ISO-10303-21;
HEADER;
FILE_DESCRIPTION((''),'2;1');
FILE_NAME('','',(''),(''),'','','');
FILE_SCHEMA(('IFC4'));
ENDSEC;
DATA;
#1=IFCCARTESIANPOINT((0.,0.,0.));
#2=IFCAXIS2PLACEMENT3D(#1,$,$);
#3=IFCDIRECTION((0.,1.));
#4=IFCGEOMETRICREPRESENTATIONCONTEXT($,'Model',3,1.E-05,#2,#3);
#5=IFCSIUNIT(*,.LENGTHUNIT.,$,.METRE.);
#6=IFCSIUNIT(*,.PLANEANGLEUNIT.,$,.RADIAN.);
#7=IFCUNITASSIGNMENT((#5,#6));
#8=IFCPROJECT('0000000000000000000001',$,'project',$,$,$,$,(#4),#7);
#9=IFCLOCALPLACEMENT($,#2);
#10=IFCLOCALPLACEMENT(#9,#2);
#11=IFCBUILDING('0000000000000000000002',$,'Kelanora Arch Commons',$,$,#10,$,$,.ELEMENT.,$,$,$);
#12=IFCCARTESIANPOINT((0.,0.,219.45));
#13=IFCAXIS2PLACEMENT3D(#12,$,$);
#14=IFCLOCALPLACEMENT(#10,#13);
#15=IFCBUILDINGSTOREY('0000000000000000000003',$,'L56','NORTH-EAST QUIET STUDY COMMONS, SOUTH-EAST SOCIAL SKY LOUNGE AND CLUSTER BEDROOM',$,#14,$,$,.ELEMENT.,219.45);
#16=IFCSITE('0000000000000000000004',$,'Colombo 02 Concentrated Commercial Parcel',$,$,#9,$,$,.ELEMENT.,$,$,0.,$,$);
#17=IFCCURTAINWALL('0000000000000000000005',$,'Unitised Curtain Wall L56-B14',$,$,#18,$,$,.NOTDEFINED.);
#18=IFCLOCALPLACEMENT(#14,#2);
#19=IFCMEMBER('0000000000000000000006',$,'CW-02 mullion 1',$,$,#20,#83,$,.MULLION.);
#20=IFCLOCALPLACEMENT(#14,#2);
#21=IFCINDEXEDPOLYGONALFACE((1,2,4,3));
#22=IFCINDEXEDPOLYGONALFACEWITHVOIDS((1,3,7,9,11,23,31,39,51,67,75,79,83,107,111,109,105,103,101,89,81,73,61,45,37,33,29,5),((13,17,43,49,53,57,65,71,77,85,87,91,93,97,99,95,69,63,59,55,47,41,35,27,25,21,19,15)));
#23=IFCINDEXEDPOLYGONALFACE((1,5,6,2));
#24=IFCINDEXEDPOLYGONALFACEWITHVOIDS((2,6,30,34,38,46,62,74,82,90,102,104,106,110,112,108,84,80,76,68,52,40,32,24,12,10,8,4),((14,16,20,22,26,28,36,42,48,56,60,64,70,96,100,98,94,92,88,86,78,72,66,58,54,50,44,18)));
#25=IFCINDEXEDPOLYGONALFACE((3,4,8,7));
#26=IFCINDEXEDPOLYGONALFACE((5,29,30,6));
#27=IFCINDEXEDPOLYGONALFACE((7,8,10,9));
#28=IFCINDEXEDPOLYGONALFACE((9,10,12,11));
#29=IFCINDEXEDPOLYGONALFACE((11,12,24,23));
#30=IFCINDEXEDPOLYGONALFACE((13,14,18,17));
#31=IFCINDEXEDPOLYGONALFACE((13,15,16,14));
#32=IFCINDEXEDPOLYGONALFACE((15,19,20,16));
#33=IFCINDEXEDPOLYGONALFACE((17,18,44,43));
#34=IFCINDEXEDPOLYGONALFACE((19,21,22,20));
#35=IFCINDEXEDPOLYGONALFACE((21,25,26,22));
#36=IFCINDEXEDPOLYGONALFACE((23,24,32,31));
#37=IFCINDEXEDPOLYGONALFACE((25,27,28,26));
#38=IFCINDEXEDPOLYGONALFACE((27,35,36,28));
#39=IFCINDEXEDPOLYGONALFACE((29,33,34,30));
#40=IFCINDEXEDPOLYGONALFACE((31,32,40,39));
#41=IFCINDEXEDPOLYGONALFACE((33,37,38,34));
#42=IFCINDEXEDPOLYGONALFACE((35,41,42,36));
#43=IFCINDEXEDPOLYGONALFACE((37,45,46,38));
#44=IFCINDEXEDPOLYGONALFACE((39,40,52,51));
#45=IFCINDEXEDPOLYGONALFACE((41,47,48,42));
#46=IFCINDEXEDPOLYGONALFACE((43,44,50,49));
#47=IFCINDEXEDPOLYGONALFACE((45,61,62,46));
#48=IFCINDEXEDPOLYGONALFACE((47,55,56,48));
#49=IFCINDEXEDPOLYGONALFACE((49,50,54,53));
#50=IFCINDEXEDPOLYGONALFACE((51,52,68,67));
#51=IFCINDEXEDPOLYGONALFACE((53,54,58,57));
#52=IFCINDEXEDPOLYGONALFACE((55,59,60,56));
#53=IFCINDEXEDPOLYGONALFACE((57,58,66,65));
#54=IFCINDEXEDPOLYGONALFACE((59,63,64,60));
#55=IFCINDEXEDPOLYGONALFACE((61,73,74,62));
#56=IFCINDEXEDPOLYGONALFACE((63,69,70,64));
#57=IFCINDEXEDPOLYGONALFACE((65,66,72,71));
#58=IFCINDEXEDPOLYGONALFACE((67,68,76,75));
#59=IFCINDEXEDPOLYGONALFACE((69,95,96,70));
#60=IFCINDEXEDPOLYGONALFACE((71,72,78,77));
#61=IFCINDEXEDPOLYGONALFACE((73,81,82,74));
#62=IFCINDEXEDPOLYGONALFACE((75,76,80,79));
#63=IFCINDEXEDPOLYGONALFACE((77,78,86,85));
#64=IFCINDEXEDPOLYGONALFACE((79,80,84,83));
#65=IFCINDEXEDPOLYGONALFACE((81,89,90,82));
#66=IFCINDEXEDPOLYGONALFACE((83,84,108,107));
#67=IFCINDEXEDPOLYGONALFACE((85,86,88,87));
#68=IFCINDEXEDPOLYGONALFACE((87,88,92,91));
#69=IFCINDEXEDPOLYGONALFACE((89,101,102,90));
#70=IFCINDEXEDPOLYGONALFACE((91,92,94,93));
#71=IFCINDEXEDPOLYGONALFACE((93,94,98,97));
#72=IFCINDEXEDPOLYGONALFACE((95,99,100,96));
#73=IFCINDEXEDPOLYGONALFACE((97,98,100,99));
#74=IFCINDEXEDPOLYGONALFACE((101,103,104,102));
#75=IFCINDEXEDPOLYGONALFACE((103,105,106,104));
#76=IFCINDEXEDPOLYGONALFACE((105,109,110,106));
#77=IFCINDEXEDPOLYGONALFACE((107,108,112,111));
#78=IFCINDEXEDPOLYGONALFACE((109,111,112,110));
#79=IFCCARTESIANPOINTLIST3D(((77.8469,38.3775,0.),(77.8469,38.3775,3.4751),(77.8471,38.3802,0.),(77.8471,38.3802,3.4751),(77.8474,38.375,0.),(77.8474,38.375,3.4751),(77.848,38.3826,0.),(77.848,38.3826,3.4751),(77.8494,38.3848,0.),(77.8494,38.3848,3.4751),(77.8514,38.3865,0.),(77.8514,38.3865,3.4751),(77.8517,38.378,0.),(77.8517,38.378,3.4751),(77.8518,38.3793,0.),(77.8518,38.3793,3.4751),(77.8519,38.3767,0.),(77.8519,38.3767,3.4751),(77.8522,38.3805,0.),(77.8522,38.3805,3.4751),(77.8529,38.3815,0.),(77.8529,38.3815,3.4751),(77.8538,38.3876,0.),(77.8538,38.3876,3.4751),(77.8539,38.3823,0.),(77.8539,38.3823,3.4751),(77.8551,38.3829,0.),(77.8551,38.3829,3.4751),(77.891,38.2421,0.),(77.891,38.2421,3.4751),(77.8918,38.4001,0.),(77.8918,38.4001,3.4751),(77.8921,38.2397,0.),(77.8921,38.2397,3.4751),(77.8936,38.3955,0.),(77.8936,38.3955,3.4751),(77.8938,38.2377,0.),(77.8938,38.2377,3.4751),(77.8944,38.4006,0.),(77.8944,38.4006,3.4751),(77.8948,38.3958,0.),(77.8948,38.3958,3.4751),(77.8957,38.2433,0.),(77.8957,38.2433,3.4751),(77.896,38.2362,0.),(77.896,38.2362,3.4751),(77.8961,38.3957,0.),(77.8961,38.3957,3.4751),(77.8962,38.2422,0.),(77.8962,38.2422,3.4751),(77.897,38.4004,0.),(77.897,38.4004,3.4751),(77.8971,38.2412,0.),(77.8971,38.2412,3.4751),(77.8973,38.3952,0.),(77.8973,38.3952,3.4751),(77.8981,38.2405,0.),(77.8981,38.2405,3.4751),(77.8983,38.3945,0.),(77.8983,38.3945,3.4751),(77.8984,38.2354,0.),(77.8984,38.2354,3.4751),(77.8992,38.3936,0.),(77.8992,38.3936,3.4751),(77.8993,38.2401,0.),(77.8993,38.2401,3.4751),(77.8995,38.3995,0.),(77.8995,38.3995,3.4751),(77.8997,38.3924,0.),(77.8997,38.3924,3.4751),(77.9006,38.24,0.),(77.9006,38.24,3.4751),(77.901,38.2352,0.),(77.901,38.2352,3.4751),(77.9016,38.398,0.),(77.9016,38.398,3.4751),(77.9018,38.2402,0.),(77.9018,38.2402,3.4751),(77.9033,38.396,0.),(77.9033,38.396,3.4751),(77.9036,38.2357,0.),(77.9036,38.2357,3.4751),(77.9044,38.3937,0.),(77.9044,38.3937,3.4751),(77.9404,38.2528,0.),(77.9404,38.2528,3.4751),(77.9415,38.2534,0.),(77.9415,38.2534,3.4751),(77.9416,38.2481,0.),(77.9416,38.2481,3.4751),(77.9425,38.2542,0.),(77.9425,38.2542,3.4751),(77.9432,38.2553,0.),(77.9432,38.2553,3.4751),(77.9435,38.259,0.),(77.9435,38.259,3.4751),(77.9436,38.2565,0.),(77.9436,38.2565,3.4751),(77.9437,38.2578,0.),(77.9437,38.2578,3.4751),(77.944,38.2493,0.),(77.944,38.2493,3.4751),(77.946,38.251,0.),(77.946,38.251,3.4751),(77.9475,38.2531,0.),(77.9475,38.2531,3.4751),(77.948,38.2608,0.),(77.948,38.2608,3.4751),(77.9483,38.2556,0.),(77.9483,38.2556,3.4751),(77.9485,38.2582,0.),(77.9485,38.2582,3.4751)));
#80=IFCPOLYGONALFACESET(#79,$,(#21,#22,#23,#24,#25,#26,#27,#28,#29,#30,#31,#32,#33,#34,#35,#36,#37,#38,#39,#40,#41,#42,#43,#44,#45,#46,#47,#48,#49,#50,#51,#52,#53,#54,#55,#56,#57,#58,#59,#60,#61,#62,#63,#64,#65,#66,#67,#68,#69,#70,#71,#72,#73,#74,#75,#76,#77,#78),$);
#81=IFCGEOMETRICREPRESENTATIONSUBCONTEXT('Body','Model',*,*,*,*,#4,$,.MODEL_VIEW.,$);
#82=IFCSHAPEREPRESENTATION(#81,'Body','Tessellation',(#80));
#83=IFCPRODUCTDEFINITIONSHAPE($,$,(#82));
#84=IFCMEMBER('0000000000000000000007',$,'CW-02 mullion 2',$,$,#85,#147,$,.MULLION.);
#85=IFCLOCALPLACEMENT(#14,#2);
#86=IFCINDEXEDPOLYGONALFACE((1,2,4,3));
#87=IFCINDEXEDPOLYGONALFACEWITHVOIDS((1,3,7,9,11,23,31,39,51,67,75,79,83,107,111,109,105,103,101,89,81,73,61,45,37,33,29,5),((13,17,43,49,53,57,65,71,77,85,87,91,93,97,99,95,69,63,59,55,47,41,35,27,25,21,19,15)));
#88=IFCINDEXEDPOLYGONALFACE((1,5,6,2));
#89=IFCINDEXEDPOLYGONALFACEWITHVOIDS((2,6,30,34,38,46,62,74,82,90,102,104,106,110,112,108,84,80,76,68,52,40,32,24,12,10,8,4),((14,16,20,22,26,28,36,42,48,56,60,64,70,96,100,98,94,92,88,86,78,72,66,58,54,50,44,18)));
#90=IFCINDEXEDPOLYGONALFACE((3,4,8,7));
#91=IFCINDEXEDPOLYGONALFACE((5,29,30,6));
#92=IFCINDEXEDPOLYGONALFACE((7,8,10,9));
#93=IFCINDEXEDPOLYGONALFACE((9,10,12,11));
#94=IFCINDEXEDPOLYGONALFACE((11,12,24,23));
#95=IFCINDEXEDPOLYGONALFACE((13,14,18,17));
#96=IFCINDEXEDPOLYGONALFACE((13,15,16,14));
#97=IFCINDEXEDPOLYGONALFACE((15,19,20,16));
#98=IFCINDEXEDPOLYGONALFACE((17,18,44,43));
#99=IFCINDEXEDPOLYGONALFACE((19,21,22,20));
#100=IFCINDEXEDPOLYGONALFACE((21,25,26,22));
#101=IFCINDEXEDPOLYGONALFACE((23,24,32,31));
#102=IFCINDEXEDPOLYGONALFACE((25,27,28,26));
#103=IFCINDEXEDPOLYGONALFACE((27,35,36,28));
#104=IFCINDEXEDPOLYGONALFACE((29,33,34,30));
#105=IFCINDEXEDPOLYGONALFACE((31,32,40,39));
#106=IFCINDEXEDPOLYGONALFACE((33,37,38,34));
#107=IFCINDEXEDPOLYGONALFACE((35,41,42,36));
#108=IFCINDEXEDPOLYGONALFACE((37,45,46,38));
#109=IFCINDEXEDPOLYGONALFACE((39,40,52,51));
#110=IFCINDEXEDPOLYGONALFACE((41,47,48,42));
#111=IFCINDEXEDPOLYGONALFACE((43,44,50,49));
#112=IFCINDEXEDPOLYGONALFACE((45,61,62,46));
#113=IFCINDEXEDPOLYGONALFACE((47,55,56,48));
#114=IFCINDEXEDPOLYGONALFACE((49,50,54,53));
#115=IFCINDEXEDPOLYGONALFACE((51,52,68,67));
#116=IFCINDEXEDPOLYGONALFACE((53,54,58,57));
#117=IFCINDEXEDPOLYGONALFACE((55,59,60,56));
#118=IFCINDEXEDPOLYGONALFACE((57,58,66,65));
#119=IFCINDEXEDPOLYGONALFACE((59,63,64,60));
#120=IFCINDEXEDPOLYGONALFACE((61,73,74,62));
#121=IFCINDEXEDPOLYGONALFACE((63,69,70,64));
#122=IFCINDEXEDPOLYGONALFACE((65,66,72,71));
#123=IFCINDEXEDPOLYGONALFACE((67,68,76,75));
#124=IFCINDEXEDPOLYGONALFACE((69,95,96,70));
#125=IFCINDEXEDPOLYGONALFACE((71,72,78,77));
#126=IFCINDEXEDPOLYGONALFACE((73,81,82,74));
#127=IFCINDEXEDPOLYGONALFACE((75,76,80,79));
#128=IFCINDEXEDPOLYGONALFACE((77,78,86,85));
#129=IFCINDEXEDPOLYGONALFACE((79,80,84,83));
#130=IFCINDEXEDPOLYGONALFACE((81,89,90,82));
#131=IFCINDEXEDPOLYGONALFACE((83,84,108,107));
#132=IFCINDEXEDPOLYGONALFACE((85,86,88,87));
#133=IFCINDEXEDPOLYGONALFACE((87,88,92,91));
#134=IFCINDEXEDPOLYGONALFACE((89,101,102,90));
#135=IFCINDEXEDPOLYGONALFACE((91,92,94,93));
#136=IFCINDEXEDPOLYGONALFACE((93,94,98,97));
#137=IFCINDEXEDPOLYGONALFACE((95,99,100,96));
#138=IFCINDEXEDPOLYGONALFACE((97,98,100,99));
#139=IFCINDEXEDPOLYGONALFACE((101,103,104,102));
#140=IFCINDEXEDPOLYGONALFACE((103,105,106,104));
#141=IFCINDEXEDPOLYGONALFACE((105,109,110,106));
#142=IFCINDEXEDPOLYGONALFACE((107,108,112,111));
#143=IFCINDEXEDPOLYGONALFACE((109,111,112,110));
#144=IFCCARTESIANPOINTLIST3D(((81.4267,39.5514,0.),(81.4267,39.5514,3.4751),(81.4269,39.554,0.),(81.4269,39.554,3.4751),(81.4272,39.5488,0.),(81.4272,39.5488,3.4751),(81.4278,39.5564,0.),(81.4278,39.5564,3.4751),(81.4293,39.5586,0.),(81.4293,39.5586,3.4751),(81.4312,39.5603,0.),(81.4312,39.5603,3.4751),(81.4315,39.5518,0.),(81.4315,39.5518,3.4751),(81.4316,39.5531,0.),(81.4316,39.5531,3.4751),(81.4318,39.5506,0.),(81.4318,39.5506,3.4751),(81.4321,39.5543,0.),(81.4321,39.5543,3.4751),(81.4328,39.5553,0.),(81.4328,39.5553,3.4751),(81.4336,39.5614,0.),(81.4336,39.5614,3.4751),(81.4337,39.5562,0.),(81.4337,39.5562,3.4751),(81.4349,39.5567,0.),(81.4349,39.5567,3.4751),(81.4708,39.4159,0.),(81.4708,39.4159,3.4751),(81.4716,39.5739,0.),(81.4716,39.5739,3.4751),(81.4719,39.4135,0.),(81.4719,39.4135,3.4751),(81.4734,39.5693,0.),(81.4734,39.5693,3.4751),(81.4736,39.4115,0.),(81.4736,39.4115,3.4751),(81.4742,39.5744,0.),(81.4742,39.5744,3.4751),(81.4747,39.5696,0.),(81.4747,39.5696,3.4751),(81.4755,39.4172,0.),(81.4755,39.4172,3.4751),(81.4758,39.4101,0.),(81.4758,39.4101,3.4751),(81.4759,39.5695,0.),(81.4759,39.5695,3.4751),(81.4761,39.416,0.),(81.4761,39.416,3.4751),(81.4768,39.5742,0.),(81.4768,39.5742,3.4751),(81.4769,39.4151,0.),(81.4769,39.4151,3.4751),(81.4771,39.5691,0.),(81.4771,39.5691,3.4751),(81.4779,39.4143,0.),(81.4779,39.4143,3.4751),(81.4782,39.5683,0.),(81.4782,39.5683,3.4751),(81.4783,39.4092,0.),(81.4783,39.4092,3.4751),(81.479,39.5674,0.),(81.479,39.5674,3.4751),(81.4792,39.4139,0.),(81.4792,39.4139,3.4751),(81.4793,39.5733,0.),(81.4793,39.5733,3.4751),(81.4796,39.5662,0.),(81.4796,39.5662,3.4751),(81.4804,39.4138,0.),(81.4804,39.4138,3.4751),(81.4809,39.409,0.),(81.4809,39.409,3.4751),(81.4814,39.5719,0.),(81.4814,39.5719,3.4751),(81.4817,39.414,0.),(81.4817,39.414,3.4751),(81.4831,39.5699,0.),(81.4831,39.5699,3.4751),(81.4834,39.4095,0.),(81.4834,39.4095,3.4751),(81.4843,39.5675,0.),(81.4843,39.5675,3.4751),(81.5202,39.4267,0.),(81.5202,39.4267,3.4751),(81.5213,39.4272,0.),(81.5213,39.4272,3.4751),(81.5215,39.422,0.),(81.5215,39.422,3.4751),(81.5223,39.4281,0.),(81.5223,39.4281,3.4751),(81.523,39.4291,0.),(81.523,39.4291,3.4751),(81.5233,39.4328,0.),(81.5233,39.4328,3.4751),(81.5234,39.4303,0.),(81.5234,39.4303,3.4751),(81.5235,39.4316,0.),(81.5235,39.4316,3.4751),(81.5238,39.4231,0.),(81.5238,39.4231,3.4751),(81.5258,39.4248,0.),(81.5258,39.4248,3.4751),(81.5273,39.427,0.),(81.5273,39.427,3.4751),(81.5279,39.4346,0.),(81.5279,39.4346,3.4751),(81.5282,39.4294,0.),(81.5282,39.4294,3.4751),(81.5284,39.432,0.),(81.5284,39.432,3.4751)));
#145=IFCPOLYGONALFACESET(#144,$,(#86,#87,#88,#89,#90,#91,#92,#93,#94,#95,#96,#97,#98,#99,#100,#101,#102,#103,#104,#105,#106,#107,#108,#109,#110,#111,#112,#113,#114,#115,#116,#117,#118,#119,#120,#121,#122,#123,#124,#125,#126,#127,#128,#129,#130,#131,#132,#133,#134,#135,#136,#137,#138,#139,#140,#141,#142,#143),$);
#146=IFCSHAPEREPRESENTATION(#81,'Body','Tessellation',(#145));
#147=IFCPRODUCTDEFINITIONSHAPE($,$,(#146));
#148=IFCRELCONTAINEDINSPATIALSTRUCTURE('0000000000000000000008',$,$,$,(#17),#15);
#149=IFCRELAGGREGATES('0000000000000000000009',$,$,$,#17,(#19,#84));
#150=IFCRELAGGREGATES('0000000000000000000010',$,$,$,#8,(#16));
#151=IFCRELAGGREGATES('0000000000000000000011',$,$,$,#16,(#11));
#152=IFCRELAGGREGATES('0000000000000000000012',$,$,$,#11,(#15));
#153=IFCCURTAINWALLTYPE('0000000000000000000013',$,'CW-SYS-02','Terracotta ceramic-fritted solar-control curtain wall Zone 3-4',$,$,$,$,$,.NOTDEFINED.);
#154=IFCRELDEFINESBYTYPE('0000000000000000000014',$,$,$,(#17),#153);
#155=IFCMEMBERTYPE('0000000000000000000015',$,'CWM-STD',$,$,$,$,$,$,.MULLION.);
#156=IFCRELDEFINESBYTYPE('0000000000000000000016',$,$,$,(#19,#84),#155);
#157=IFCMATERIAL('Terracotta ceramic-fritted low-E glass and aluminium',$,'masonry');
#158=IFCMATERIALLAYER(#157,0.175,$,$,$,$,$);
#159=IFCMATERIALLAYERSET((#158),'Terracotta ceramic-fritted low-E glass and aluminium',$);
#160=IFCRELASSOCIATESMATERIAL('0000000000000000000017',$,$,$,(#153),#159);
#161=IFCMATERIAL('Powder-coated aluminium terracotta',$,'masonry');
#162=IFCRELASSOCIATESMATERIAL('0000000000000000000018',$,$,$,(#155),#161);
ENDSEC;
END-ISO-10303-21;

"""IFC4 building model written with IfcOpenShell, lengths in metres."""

from ifc_helpers import new_model, si_unit, direction, frame, origin, origin_2d, place, context, subcontext, project, spatial, hollow_rectangle, extrude, material, layer, layer_set, material_profile, profile_set, type_object, element, aggregate, save


model = new_model("IFC4")

# Units and contexts
model_context = context("Model", 3, precision=1e-05, world=origin(), true_north=direction((0.0, 1.0)))
body_context = subcontext(model_context, "Body", "Model", "MODEL_VIEW")
ifc_project = project(units=[si_unit("LENGTHUNIT", "METRE"), si_unit("PLANEANGLEUNIT", "RADIAN")], contexts=[model_context])

# Site, building, storey
site_placement = place(None, origin())
site = spatial("IfcSite", under=ifc_project, at=site_placement, Name="Colombo 02 Concentrated Commercial Parcel", CompositionType="ELEMENT", RefElevation=0.0)
building_placement = place(site_placement, origin())
building = spatial("IfcBuilding", under=site, at=building_placement, Name="Kelanora Arch Commons", CompositionType="ELEMENT")
storey_placement = place(building_placement, frame((0.0, 0.0, 219.45)))
storey = spatial("IfcBuildingStorey", under=building, at=storey_placement, Name="L56", Description="NORTH-EAST QUIET STUDY COMMONS, SOUTH-EAST SOCIAL SKY LOUNGE AND CLUSTER BEDROOM", CompositionType="ELEMENT", Elevation=219.45)

# Curtain wall, members
ifc_material_1 = material(Name="Terracotta ceramic-fritted low-E glass and aluminium", Category="masonry")
ifc_layer_1 = layer(ifc_material_1, 0.175)
ifc_layer_set_1 = layer_set([ifc_layer_1], Name="Terracotta ceramic-fritted low-E glass and aluminium")
curtain_wall_type = type_object("IfcCurtainWallType", Name="CW-SYS-02", Description="Terracotta ceramic-fritted solar-control curtain wall Zone 3-4", PredefinedType="NOTDEFINED", material=ifc_layer_set_1)
curtain_wall_placement = place(storey_placement, origin())
curtain_wall = element("IfcCurtainWall", 1, at=curtain_wall_placement, inside=storey, type_object=curtain_wall_type, Name="Unitised Curtain Wall L56-B14", PredefinedType="NOTDEFINED")
ifc_material_2 = material(Name="Powder-coated aluminium terracotta", Category="masonry")
ifc_material_profile_1 = material_profile(ifc_material_2, hollow_rectangle(XDim=0.1599, YDim=0.0601, WallThickness=0.0049, InnerFilletRadius=0.0049, OuterFilletRadius=0.01, at=origin_2d()), Name="CWM160x60")
ifc_profile_set_1 = profile_set([ifc_material_profile_1], Name="Powder-coated aluminium terracotta")
member_type_1 = type_object("IfcMemberType", Name="CWM-STD", PredefinedType="MULLION", material=ifc_profile_set_1)
member_1_placement = place(storey_placement, frame((77.8977, 38.3179, 0.0), z_axis=(0.0, 0.0, 1.0), x_axis=(-0.311582, 0.950219, 0.0)))
member_1 = element("IfcMember", 2, at=member_1_placement, type_object=member_type_1, Name="CW-02 mullion 1", PredefinedType="MULLION", context=body_context, shape_type="SweptSolid", body=[
    extrude(hollow_rectangle(XDim=0.1599, YDim=0.0601, WallThickness=0.0049, InnerFilletRadius=0.0049, OuterFilletRadius=0.01, at=origin_2d()), origin(), (0.0, 0.0, 1.0), 3.4751),
])
member_2_placement = place(storey_placement, frame((81.4775, 39.4917, 0.0), z_axis=(0.0, 0.0, 1.0), x_axis=(-0.311582, 0.950219, 0.0)))
member_2 = element("IfcMember", 3, at=member_2_placement, type_object=member_type_1, Name="CW-02 mullion 2", PredefinedType="MULLION", context=body_context, shape_type="SweptSolid", body=[
    extrude(hollow_rectangle(XDim=0.1599, YDim=0.0601, WallThickness=0.0049, InnerFilletRadius=0.0049, OuterFilletRadius=0.01, at=origin_2d()), origin(), (0.0, 0.0, 1.0), 3.4751),
])
aggregate(curtain_wall, [member_1, member_2])

save(model, "model.ifc")
